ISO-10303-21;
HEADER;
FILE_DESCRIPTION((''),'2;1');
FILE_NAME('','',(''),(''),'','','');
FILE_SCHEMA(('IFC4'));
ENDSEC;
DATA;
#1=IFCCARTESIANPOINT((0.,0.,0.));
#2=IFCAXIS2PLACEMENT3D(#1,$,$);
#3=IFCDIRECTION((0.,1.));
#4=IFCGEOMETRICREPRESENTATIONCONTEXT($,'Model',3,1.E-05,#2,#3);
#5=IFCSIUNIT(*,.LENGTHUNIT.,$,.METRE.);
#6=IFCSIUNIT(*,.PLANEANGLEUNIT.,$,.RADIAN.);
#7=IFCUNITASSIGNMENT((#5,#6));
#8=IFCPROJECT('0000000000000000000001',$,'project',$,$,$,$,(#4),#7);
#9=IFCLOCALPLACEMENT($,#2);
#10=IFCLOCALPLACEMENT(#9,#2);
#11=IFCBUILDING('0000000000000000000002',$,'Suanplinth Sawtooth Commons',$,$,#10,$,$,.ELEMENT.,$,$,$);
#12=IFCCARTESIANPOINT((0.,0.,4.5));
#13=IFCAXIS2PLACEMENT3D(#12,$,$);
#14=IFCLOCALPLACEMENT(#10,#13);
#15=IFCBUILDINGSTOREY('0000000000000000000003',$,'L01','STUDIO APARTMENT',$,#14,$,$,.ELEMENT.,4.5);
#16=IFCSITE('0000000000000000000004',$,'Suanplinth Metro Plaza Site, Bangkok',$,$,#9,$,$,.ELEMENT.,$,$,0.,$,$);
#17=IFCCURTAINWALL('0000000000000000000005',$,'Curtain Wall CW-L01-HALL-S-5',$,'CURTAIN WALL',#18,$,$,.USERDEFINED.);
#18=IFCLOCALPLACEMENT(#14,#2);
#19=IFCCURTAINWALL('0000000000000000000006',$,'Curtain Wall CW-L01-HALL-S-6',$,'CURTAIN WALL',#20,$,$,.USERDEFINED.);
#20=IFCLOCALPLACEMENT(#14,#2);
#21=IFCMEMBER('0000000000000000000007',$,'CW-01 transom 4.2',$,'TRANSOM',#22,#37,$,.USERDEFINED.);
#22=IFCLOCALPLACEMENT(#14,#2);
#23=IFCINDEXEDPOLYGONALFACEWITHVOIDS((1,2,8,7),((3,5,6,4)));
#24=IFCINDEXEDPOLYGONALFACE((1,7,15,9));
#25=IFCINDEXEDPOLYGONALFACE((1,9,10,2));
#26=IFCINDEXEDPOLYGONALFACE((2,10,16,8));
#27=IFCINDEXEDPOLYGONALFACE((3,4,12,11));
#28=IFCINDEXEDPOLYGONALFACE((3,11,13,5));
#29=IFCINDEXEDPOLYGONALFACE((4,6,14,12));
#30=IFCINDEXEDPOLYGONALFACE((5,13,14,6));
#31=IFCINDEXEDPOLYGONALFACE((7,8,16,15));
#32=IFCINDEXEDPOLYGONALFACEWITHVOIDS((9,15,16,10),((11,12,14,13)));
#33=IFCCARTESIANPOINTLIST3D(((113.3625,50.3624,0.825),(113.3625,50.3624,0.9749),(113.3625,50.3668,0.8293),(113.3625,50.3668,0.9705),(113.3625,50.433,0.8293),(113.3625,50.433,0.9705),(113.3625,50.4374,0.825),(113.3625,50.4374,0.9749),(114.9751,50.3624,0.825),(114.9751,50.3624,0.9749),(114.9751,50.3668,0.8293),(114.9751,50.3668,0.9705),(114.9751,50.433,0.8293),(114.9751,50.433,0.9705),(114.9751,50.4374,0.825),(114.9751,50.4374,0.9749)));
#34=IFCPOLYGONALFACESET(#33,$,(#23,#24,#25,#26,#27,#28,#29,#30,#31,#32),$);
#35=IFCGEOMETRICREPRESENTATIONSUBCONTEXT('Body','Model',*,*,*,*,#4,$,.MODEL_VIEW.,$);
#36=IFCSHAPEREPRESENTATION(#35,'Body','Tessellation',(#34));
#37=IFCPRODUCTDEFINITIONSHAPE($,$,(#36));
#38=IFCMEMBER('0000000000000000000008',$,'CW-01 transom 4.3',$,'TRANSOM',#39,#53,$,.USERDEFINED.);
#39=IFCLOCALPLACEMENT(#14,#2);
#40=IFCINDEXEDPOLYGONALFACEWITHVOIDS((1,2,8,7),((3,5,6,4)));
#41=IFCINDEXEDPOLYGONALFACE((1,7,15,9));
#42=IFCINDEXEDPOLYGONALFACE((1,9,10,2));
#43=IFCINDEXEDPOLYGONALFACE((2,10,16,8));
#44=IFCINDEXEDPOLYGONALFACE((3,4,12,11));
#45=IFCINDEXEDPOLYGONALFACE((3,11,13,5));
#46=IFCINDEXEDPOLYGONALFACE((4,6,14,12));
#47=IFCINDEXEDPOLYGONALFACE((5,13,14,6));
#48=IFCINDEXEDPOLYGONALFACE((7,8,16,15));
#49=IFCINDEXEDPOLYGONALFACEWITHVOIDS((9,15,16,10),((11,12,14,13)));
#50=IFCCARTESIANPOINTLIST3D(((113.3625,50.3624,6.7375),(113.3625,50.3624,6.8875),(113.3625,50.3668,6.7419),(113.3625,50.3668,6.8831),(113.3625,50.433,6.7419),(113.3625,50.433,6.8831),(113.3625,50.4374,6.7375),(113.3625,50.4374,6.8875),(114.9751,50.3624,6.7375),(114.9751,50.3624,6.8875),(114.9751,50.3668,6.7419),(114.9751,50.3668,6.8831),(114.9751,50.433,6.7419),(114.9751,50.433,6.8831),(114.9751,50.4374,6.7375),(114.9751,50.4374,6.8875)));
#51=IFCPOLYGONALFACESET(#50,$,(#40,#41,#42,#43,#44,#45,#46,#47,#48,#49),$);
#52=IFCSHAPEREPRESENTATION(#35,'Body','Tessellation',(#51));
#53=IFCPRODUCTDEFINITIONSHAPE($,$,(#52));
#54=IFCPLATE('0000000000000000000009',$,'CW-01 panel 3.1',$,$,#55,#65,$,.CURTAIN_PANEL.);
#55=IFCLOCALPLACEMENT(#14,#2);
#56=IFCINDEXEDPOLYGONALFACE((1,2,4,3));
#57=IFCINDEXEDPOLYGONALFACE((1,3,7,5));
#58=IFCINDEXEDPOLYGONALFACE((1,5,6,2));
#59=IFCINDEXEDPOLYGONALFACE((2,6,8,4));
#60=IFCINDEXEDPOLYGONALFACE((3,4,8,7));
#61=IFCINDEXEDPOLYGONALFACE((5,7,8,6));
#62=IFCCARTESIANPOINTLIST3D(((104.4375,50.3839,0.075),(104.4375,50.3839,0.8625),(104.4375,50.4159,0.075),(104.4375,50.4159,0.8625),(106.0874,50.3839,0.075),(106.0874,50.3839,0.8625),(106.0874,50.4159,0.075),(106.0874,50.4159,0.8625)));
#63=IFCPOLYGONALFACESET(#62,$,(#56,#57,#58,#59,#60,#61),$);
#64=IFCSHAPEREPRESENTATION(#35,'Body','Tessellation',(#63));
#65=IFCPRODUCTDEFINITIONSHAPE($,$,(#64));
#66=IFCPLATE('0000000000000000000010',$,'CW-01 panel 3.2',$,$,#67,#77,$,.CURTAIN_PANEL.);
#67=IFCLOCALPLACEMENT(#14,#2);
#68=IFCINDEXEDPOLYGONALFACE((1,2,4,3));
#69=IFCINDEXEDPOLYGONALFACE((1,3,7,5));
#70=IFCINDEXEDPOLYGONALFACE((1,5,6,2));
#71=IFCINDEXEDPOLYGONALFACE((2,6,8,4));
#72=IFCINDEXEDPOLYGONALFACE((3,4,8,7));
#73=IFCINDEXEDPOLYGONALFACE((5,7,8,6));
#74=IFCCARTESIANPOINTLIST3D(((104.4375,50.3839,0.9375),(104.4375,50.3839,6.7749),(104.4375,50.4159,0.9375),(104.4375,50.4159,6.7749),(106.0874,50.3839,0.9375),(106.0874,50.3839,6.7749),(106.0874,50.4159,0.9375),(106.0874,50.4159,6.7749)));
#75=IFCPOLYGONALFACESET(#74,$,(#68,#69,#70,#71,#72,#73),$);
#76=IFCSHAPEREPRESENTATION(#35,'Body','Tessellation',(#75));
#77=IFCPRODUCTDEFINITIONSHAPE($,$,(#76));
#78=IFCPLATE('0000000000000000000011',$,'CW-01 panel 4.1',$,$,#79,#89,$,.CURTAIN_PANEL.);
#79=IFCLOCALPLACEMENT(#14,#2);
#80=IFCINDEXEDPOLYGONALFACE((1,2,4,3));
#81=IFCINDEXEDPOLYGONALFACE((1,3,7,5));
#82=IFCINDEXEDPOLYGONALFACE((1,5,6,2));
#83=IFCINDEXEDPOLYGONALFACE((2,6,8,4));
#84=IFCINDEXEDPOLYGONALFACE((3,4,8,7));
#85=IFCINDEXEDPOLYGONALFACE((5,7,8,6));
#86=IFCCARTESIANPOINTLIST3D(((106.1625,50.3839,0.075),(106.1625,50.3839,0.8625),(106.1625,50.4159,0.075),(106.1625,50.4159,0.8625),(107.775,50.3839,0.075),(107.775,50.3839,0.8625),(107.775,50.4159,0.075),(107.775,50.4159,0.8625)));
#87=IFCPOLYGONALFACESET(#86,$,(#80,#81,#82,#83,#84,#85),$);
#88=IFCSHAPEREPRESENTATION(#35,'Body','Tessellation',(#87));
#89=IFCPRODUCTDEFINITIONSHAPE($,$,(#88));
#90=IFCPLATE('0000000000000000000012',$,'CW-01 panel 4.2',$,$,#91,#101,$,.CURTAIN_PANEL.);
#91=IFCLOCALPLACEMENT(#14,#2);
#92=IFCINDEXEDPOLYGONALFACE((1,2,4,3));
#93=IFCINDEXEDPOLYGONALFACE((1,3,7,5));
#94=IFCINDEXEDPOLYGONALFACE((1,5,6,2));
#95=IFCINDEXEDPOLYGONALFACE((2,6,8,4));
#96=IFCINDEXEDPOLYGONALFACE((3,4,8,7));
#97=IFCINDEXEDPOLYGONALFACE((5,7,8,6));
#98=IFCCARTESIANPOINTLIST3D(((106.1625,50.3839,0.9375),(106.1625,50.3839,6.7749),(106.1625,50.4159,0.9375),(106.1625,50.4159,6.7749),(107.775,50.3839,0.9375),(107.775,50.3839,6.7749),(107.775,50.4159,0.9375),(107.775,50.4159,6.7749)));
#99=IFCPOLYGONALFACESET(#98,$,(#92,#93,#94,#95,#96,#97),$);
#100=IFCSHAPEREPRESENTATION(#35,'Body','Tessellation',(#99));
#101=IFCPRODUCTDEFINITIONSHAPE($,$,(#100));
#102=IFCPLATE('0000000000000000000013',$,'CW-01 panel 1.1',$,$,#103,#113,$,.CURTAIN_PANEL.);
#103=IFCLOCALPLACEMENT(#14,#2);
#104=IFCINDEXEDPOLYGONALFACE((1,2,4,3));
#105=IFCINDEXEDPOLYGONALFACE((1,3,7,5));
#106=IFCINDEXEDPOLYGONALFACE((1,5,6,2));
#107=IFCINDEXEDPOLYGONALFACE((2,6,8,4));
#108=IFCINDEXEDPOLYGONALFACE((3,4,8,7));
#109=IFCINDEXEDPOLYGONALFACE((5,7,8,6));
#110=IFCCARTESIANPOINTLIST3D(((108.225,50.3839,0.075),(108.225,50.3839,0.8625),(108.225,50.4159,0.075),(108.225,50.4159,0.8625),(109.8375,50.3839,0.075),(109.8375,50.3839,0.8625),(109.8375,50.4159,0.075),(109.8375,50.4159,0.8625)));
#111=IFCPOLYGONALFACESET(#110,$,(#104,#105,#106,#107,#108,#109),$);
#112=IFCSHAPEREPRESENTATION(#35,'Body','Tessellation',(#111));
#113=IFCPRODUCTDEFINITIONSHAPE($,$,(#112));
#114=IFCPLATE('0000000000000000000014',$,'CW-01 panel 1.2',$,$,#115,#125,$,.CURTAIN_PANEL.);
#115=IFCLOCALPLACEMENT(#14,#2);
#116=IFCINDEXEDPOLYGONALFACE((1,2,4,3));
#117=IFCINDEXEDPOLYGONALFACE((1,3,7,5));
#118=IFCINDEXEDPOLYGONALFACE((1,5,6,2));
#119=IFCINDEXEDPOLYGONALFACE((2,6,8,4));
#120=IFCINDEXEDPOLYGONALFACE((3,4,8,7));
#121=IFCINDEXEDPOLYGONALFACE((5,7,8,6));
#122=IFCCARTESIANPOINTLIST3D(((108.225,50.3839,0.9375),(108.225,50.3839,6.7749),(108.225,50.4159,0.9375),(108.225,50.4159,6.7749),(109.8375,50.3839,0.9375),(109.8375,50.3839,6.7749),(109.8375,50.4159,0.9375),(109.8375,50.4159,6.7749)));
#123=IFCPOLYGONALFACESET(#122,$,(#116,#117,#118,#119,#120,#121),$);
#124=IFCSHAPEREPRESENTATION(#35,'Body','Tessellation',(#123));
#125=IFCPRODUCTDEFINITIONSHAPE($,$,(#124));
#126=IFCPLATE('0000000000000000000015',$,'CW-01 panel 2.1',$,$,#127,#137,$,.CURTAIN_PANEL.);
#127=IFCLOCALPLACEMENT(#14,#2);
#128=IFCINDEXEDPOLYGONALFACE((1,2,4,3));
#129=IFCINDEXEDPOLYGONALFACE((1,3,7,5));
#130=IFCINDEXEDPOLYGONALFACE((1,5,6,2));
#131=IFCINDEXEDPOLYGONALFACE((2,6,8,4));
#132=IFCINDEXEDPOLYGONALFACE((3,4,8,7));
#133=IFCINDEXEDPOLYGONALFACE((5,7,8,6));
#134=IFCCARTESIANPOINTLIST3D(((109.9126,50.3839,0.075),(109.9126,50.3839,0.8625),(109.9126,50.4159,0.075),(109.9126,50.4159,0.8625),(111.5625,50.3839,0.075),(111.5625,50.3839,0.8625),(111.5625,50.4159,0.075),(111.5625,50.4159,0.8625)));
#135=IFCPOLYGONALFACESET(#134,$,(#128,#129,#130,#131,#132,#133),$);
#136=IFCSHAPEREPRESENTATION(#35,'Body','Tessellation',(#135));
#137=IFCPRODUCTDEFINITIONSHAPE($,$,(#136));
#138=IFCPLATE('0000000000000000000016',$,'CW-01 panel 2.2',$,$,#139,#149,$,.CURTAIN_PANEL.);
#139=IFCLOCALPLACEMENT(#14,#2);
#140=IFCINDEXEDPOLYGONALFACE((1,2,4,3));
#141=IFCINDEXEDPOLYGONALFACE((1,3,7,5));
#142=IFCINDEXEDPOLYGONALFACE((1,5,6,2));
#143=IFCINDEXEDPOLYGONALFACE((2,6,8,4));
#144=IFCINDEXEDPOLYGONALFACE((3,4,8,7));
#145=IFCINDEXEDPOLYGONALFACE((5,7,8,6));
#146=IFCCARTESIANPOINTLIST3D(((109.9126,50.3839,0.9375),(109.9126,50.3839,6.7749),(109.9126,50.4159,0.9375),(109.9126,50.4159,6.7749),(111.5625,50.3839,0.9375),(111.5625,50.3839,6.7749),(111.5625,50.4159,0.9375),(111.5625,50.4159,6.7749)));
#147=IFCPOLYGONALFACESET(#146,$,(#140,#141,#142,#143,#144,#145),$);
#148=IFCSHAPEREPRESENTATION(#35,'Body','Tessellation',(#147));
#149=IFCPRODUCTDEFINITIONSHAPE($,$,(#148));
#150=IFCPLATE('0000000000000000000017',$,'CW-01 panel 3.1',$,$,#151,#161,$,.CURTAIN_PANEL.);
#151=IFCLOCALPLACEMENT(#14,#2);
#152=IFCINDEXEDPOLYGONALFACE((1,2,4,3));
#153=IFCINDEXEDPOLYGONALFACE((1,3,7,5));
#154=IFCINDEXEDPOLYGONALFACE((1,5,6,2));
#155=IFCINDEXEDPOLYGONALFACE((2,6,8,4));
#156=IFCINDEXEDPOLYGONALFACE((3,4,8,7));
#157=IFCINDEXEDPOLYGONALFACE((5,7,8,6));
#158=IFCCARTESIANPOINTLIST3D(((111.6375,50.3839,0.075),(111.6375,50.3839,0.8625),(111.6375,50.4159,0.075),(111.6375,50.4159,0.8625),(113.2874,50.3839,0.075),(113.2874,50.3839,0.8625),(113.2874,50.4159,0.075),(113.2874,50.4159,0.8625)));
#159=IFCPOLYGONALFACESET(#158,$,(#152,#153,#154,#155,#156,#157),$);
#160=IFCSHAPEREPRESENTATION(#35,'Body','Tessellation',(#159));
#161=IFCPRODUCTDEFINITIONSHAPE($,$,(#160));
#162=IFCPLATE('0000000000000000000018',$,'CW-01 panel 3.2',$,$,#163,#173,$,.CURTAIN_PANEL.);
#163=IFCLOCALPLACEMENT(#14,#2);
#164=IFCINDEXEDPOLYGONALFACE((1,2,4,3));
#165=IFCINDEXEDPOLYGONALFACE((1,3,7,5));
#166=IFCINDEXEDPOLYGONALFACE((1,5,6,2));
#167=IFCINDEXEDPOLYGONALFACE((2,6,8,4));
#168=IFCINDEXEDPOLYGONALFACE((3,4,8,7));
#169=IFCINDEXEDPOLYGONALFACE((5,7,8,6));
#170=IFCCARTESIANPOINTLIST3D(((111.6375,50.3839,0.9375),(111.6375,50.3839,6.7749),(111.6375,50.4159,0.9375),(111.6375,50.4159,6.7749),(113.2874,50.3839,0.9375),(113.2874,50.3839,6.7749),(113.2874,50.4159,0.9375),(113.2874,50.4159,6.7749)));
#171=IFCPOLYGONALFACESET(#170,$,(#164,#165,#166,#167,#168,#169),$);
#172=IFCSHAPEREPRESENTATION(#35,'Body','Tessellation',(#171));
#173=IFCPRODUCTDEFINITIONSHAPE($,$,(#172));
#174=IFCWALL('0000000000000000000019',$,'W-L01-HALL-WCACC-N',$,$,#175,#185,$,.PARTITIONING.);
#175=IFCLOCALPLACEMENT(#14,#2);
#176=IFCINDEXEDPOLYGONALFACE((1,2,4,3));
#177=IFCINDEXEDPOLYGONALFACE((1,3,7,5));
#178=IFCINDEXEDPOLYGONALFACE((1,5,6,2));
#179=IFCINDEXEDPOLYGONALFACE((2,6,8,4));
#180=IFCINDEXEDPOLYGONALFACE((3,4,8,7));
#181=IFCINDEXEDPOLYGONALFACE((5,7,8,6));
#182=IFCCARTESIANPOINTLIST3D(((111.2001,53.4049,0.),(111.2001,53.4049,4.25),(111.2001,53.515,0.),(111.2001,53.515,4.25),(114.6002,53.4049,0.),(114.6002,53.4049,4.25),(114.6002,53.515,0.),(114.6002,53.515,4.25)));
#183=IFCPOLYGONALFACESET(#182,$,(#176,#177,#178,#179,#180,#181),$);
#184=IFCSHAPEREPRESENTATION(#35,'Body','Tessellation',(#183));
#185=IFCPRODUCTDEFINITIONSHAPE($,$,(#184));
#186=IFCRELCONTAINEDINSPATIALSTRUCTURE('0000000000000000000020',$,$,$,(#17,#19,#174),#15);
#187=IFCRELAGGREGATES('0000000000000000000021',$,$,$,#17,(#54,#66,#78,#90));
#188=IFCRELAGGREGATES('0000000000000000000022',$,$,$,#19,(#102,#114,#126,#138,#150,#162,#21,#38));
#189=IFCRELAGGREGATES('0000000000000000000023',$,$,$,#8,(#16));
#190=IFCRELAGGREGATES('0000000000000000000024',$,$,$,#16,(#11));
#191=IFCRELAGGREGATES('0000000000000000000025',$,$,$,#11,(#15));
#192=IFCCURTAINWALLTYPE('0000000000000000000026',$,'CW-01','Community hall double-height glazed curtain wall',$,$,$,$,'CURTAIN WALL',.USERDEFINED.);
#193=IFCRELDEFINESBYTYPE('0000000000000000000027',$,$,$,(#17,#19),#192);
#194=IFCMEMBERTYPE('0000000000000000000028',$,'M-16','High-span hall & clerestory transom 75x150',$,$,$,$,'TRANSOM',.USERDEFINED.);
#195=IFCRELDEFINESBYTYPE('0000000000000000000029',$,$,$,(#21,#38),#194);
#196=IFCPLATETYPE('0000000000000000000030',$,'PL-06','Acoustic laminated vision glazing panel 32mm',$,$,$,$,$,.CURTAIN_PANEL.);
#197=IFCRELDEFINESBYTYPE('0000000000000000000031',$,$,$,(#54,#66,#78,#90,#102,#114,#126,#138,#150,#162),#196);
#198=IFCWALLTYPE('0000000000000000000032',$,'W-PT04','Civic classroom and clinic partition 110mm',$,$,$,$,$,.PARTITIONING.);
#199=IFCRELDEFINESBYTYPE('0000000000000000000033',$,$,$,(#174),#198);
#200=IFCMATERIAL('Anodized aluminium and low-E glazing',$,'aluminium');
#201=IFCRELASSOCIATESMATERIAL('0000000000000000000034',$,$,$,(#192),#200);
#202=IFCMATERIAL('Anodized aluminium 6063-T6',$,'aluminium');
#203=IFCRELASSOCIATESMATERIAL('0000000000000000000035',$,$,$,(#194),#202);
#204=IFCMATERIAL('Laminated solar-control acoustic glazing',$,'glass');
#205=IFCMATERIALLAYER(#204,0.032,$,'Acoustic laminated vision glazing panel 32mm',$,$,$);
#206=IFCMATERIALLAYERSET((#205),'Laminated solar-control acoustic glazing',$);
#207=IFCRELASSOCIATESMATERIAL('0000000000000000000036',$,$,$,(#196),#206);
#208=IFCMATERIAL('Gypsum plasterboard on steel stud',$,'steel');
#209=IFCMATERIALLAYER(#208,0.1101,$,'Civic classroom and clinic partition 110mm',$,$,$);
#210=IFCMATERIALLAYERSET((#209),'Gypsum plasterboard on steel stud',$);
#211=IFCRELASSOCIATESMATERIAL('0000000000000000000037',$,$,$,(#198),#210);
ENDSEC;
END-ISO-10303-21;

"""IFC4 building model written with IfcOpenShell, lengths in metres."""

from ifc_helpers import new_model, si_unit, direction, frame, frame_2d, origin, origin_2d, place, context, subcontext, project, spatial, rectangle, hollow_rectangle, extrude, material, layer, layer_set, material_profile, profile_set, type_object, element, aggregate, save


model = new_model("IFC4")

# Units and contexts
model_context = context("Model", 3, precision=1e-05, world=origin(), true_north=direction((0.0, 1.0)))
body_context = subcontext(model_context, "Body", "Model", "MODEL_VIEW")
ifc_project = project(units=[si_unit("LENGTHUNIT", "METRE"), si_unit("PLANEANGLEUNIT", "RADIAN")], contexts=[model_context])

# Site, building, storey
site_placement = place(None, origin())
site = spatial("IfcSite", under=ifc_project, at=site_placement, Name="Suanplinth Metro Plaza Site, Bangkok", CompositionType="ELEMENT", RefElevation=0.0)
building_placement = place(site_placement, origin())
building = spatial("IfcBuilding", under=site, at=building_placement, Name="Suanplinth Sawtooth Commons", CompositionType="ELEMENT")
storey_placement = place(building_placement, frame((0.0, 0.0, 4.5)))
storey = spatial("IfcBuildingStorey", under=building, at=storey_placement, Name="L01", Description="STUDIO APARTMENT", CompositionType="ELEMENT", Elevation=4.5)

# Curtain walls
ifc_material_1 = material(Name="Anodized aluminium and low-E glazing", Category="aluminium")
curtain_wall_type = type_object("IfcCurtainWallType", Name="CW-01", Description="Community hall double-height glazed curtain wall", ElementType="CURTAIN WALL", PredefinedType="USERDEFINED", material=ifc_material_1)
curtain_wall_1_placement = place(storey_placement, origin())
curtain_wall_1 = element("IfcCurtainWall", 1, at=curtain_wall_1_placement, inside=storey, type_object=curtain_wall_type, Name="Curtain Wall CW-L01-HALL-S-5", ObjectType="CURTAIN WALL", PredefinedType="USERDEFINED")
ifc_material_2 = material(Name="Anodized aluminium 6063-T6", Category="aluminium")
curtain_wall_2_placement = place(storey_placement, origin())
curtain_wall_2 = element("IfcCurtainWall", 2, at=curtain_wall_2_placement, inside=storey, type_object=curtain_wall_type, Name="Curtain Wall CW-L01-HALL-S-6", ObjectType="CURTAIN WALL", PredefinedType="USERDEFINED")

# Members
ifc_material_profile_1 = material_profile(ifc_material_2, hollow_rectangle(XDim=0.075, YDim=0.1499, WallThickness=0.0044, at=origin_2d()), Name="ALU-TRN 75x150")
ifc_profile_set_1 = profile_set([ifc_material_profile_1], Name="Anodized aluminium 6063-T6")
member_type_1 = type_object("IfcMemberType", Name="M-16", Description="High-span hall & clerestory transom 75x150", ElementType="TRANSOM", PredefinedType="USERDEFINED", material=ifc_profile_set_1)
member_1_placement = place(storey_placement, frame((113.3625, 50.3999, 0.8999), z_axis=(1.0, 0.0, 0.0), x_axis=(0.0, 1.0, 0.0)))
member_1 = element("IfcMember", 3, at=member_1_placement, type_object=member_type_1, Name="CW-01 transom 4.2", ObjectType="TRANSOM", PredefinedType="USERDEFINED", context=body_context, shape_type="SweptSolid", body=[
    extrude(hollow_rectangle(XDim=0.075, YDim=0.1499, WallThickness=0.0044, at=origin_2d()), origin(), (0.0, 0.0, 1.0), 1.6125),
])
member_2_placement = place(storey_placement, frame((113.3625, 50.3999, 6.8125), z_axis=(1.0, 0.0, 0.0), x_axis=(0.0, 1.0, 0.0)))
member_2 = element("IfcMember", 4, at=member_2_placement, type_object=member_type_1, Name="CW-01 transom 4.3", ObjectType="TRANSOM", PredefinedType="USERDEFINED", context=body_context, shape_type="SweptSolid", body=[
    extrude(hollow_rectangle(XDim=0.075, YDim=0.1499, WallThickness=0.0044, at=origin_2d()), origin(), (0.0, 0.0, 1.0), 1.6125),
])

# Plates
ifc_material_3 = material(Name="Laminated solar-control acoustic glazing", Category="glass")
ifc_layer_1 = layer(ifc_material_3, 0.032, Name="Acoustic laminated vision glazing panel 32mm")
ifc_layer_set_1 = layer_set([ifc_layer_1], Name="Laminated solar-control acoustic glazing")
plate_type = type_object("IfcPlateType", Name="PL-06", Description="Acoustic laminated vision glazing panel 32mm", PredefinedType="CURTAIN_PANEL", material=ifc_layer_set_1)
plate_1_placement = place(storey_placement, frame((105.2625, 50.3999, 0.075), z_axis=(0.0, 0.0, 1.0), x_axis=(1.0, 0.0, 0.0)))
plate_1 = element("IfcPlate", 5, at=plate_1_placement, type_object=plate_type, Name="CW-01 panel 3.1", PredefinedType="CURTAIN_PANEL", context=body_context, shape_type="SweptSolid", body=[
    extrude(rectangle(XDim=1.6499, YDim=0.032, at=origin_2d()), origin(), (0.0, 0.0, 1.0), 0.7876),
])
plate_2_placement = place(storey_placement, frame((105.2625, 50.3999, 0.9375), z_axis=(0.0, 0.0, 1.0), x_axis=(1.0, 0.0, 0.0)))
plate_2 = element("IfcPlate", 6, at=plate_2_placement, type_object=plate_type, Name="CW-01 panel 3.2", PredefinedType="CURTAIN_PANEL", context=body_context, shape_type="SweptSolid", body=[
    extrude(rectangle(XDim=1.6499, YDim=0.032, at=origin_2d()), origin(), (0.0, 0.0, 1.0), 5.8374),
])
plate_3_placement = place(storey_placement, frame((106.9688, 50.3999, 0.075), z_axis=(0.0, 0.0, 1.0), x_axis=(1.0, 0.0, 0.0)))
plate_3 = element("IfcPlate", 7, at=plate_3_placement, type_object=plate_type, Name="CW-01 panel 4.1", PredefinedType="CURTAIN_PANEL", context=body_context, shape_type="SweptSolid", body=[
    extrude(rectangle(XDim=1.6125, YDim=0.032, at=origin_2d()), origin(), (0.0, 0.0, 1.0), 0.7876),
])
plate_4_placement = place(storey_placement, frame((106.9688, 50.3999, 0.9375), z_axis=(0.0, 0.0, 1.0), x_axis=(1.0, 0.0, 0.0)))
plate_4 = element("IfcPlate", 8, at=plate_4_placement, type_object=plate_type, Name="CW-01 panel 4.2", PredefinedType="CURTAIN_PANEL", context=body_context, shape_type="SweptSolid", body=[
    extrude(rectangle(XDim=1.6125, YDim=0.032, at=origin_2d()), origin(), (0.0, 0.0, 1.0), 5.8374),
])
aggregate(curtain_wall_1, [plate_1, plate_2, plate_3, plate_4])
plate_5_placement = place(storey_placement, frame((109.0312, 50.3999, 0.075), z_axis=(0.0, 0.0, 1.0), x_axis=(1.0, 0.0, 0.0)))
plate_5 = element("IfcPlate", 9, at=plate_5_placement, type_object=plate_type, Name="CW-01 panel 1.1", PredefinedType="CURTAIN_PANEL", context=body_context, shape_type="SweptSolid", body=[
    extrude(rectangle(XDim=1.6125, YDim=0.032, at=origin_2d()), origin(), (0.0, 0.0, 1.0), 0.7876),
])
plate_6_placement = place(storey_placement, frame((109.0312, 50.3999, 0.9375), z_axis=(0.0, 0.0, 1.0), x_axis=(1.0, 0.0, 0.0)))
plate_6 = element("IfcPlate", 10, at=plate_6_placement, type_object=plate_type, Name="CW-01 panel 1.2", PredefinedType="CURTAIN_PANEL", context=body_context, shape_type="SweptSolid", body=[
    extrude(rectangle(XDim=1.6125, YDim=0.032, at=origin_2d()), origin(), (0.0, 0.0, 1.0), 5.8374),
])
plate_7_placement = place(storey_placement, frame((110.7375, 50.3999, 0.075), z_axis=(0.0, 0.0, 1.0), x_axis=(1.0, 0.0, 0.0)))
plate_7 = element("IfcPlate", 11, at=plate_7_placement, type_object=plate_type, Name="CW-01 panel 2.1", PredefinedType="CURTAIN_PANEL", context=body_context, shape_type="SweptSolid", body=[
    extrude(rectangle(XDim=1.6499, YDim=0.032, at=origin_2d()), origin(), (0.0, 0.0, 1.0), 0.7876),
])
plate_8_placement = place(storey_placement, frame((110.7375, 50.3999, 0.9375), z_axis=(0.0, 0.0, 1.0), x_axis=(1.0, 0.0, 0.0)))
plate_8 = element("IfcPlate", 12, at=plate_8_placement, type_object=plate_type, Name="CW-01 panel 2.2", PredefinedType="CURTAIN_PANEL", context=body_context, shape_type="SweptSolid", body=[
    extrude(rectangle(XDim=1.6499, YDim=0.032, at=origin_2d()), origin(), (0.0, 0.0, 1.0), 5.8374),
])
plate_9_placement = place(storey_placement, frame((112.4624, 50.3999, 0.075), z_axis=(0.0, 0.0, 1.0), x_axis=(1.0, 0.0, 0.0)))
plate_9 = element("IfcPlate", 13, at=plate_9_placement, type_object=plate_type, Name="CW-01 panel 3.1", PredefinedType="CURTAIN_PANEL", context=body_context, shape_type="SweptSolid", body=[
    extrude(rectangle(XDim=1.6499, YDim=0.032, at=origin_2d()), origin(), (0.0, 0.0, 1.0), 0.7876),
])
plate_10_placement = place(storey_placement, frame((112.4624, 50.3999, 0.9375), z_axis=(0.0, 0.0, 1.0), x_axis=(1.0, 0.0, 0.0)))
plate_10 = element("IfcPlate", 14, at=plate_10_placement, type_object=plate_type, Name="CW-01 panel 3.2", PredefinedType="CURTAIN_PANEL", context=body_context, shape_type="SweptSolid", body=[
    extrude(rectangle(XDim=1.6499, YDim=0.032, at=origin_2d()), origin(), (0.0, 0.0, 1.0), 5.8374),
])
aggregate(curtain_wall_2, [plate_5, plate_6, plate_7, plate_8, plate_9, plate_10, member_1, member_2])

# Wall
ifc_material_4 = material(Name="Gypsum plasterboard on steel stud", Category="steel")
ifc_layer_2 = layer(ifc_material_4, 0.1101, Name="Civic classroom and clinic partition 110mm")
ifc_layer_set_2 = layer_set([ifc_layer_2], Name="Gypsum plasterboard on steel stud")
wall_type = type_object("IfcWallType", Name="W-PT04", Description="Civic classroom and clinic partition 110mm", PredefinedType="PARTITIONING", material=ifc_layer_set_2)
wall_1_placement = place(storey_placement, frame((111.2, 53.46, 0.0), z_axis=(0.0, 0.0, 1.0), x_axis=(1.0, 0.0, 0.0)))
element("IfcWall", 15, at=wall_1_placement, inside=storey, type_object=wall_type, Name="W-L01-HALL-WCACC-N", PredefinedType="PARTITIONING", context=body_context, shape_type="SweptSolid", body=[
    extrude(rectangle(XDim=3.4001, YDim=0.1101, at=frame_2d((1.7002, 0.0))), origin(), (0.0, 0.0, 1.0), 4.25),
])

save(model, "model.ifc")
